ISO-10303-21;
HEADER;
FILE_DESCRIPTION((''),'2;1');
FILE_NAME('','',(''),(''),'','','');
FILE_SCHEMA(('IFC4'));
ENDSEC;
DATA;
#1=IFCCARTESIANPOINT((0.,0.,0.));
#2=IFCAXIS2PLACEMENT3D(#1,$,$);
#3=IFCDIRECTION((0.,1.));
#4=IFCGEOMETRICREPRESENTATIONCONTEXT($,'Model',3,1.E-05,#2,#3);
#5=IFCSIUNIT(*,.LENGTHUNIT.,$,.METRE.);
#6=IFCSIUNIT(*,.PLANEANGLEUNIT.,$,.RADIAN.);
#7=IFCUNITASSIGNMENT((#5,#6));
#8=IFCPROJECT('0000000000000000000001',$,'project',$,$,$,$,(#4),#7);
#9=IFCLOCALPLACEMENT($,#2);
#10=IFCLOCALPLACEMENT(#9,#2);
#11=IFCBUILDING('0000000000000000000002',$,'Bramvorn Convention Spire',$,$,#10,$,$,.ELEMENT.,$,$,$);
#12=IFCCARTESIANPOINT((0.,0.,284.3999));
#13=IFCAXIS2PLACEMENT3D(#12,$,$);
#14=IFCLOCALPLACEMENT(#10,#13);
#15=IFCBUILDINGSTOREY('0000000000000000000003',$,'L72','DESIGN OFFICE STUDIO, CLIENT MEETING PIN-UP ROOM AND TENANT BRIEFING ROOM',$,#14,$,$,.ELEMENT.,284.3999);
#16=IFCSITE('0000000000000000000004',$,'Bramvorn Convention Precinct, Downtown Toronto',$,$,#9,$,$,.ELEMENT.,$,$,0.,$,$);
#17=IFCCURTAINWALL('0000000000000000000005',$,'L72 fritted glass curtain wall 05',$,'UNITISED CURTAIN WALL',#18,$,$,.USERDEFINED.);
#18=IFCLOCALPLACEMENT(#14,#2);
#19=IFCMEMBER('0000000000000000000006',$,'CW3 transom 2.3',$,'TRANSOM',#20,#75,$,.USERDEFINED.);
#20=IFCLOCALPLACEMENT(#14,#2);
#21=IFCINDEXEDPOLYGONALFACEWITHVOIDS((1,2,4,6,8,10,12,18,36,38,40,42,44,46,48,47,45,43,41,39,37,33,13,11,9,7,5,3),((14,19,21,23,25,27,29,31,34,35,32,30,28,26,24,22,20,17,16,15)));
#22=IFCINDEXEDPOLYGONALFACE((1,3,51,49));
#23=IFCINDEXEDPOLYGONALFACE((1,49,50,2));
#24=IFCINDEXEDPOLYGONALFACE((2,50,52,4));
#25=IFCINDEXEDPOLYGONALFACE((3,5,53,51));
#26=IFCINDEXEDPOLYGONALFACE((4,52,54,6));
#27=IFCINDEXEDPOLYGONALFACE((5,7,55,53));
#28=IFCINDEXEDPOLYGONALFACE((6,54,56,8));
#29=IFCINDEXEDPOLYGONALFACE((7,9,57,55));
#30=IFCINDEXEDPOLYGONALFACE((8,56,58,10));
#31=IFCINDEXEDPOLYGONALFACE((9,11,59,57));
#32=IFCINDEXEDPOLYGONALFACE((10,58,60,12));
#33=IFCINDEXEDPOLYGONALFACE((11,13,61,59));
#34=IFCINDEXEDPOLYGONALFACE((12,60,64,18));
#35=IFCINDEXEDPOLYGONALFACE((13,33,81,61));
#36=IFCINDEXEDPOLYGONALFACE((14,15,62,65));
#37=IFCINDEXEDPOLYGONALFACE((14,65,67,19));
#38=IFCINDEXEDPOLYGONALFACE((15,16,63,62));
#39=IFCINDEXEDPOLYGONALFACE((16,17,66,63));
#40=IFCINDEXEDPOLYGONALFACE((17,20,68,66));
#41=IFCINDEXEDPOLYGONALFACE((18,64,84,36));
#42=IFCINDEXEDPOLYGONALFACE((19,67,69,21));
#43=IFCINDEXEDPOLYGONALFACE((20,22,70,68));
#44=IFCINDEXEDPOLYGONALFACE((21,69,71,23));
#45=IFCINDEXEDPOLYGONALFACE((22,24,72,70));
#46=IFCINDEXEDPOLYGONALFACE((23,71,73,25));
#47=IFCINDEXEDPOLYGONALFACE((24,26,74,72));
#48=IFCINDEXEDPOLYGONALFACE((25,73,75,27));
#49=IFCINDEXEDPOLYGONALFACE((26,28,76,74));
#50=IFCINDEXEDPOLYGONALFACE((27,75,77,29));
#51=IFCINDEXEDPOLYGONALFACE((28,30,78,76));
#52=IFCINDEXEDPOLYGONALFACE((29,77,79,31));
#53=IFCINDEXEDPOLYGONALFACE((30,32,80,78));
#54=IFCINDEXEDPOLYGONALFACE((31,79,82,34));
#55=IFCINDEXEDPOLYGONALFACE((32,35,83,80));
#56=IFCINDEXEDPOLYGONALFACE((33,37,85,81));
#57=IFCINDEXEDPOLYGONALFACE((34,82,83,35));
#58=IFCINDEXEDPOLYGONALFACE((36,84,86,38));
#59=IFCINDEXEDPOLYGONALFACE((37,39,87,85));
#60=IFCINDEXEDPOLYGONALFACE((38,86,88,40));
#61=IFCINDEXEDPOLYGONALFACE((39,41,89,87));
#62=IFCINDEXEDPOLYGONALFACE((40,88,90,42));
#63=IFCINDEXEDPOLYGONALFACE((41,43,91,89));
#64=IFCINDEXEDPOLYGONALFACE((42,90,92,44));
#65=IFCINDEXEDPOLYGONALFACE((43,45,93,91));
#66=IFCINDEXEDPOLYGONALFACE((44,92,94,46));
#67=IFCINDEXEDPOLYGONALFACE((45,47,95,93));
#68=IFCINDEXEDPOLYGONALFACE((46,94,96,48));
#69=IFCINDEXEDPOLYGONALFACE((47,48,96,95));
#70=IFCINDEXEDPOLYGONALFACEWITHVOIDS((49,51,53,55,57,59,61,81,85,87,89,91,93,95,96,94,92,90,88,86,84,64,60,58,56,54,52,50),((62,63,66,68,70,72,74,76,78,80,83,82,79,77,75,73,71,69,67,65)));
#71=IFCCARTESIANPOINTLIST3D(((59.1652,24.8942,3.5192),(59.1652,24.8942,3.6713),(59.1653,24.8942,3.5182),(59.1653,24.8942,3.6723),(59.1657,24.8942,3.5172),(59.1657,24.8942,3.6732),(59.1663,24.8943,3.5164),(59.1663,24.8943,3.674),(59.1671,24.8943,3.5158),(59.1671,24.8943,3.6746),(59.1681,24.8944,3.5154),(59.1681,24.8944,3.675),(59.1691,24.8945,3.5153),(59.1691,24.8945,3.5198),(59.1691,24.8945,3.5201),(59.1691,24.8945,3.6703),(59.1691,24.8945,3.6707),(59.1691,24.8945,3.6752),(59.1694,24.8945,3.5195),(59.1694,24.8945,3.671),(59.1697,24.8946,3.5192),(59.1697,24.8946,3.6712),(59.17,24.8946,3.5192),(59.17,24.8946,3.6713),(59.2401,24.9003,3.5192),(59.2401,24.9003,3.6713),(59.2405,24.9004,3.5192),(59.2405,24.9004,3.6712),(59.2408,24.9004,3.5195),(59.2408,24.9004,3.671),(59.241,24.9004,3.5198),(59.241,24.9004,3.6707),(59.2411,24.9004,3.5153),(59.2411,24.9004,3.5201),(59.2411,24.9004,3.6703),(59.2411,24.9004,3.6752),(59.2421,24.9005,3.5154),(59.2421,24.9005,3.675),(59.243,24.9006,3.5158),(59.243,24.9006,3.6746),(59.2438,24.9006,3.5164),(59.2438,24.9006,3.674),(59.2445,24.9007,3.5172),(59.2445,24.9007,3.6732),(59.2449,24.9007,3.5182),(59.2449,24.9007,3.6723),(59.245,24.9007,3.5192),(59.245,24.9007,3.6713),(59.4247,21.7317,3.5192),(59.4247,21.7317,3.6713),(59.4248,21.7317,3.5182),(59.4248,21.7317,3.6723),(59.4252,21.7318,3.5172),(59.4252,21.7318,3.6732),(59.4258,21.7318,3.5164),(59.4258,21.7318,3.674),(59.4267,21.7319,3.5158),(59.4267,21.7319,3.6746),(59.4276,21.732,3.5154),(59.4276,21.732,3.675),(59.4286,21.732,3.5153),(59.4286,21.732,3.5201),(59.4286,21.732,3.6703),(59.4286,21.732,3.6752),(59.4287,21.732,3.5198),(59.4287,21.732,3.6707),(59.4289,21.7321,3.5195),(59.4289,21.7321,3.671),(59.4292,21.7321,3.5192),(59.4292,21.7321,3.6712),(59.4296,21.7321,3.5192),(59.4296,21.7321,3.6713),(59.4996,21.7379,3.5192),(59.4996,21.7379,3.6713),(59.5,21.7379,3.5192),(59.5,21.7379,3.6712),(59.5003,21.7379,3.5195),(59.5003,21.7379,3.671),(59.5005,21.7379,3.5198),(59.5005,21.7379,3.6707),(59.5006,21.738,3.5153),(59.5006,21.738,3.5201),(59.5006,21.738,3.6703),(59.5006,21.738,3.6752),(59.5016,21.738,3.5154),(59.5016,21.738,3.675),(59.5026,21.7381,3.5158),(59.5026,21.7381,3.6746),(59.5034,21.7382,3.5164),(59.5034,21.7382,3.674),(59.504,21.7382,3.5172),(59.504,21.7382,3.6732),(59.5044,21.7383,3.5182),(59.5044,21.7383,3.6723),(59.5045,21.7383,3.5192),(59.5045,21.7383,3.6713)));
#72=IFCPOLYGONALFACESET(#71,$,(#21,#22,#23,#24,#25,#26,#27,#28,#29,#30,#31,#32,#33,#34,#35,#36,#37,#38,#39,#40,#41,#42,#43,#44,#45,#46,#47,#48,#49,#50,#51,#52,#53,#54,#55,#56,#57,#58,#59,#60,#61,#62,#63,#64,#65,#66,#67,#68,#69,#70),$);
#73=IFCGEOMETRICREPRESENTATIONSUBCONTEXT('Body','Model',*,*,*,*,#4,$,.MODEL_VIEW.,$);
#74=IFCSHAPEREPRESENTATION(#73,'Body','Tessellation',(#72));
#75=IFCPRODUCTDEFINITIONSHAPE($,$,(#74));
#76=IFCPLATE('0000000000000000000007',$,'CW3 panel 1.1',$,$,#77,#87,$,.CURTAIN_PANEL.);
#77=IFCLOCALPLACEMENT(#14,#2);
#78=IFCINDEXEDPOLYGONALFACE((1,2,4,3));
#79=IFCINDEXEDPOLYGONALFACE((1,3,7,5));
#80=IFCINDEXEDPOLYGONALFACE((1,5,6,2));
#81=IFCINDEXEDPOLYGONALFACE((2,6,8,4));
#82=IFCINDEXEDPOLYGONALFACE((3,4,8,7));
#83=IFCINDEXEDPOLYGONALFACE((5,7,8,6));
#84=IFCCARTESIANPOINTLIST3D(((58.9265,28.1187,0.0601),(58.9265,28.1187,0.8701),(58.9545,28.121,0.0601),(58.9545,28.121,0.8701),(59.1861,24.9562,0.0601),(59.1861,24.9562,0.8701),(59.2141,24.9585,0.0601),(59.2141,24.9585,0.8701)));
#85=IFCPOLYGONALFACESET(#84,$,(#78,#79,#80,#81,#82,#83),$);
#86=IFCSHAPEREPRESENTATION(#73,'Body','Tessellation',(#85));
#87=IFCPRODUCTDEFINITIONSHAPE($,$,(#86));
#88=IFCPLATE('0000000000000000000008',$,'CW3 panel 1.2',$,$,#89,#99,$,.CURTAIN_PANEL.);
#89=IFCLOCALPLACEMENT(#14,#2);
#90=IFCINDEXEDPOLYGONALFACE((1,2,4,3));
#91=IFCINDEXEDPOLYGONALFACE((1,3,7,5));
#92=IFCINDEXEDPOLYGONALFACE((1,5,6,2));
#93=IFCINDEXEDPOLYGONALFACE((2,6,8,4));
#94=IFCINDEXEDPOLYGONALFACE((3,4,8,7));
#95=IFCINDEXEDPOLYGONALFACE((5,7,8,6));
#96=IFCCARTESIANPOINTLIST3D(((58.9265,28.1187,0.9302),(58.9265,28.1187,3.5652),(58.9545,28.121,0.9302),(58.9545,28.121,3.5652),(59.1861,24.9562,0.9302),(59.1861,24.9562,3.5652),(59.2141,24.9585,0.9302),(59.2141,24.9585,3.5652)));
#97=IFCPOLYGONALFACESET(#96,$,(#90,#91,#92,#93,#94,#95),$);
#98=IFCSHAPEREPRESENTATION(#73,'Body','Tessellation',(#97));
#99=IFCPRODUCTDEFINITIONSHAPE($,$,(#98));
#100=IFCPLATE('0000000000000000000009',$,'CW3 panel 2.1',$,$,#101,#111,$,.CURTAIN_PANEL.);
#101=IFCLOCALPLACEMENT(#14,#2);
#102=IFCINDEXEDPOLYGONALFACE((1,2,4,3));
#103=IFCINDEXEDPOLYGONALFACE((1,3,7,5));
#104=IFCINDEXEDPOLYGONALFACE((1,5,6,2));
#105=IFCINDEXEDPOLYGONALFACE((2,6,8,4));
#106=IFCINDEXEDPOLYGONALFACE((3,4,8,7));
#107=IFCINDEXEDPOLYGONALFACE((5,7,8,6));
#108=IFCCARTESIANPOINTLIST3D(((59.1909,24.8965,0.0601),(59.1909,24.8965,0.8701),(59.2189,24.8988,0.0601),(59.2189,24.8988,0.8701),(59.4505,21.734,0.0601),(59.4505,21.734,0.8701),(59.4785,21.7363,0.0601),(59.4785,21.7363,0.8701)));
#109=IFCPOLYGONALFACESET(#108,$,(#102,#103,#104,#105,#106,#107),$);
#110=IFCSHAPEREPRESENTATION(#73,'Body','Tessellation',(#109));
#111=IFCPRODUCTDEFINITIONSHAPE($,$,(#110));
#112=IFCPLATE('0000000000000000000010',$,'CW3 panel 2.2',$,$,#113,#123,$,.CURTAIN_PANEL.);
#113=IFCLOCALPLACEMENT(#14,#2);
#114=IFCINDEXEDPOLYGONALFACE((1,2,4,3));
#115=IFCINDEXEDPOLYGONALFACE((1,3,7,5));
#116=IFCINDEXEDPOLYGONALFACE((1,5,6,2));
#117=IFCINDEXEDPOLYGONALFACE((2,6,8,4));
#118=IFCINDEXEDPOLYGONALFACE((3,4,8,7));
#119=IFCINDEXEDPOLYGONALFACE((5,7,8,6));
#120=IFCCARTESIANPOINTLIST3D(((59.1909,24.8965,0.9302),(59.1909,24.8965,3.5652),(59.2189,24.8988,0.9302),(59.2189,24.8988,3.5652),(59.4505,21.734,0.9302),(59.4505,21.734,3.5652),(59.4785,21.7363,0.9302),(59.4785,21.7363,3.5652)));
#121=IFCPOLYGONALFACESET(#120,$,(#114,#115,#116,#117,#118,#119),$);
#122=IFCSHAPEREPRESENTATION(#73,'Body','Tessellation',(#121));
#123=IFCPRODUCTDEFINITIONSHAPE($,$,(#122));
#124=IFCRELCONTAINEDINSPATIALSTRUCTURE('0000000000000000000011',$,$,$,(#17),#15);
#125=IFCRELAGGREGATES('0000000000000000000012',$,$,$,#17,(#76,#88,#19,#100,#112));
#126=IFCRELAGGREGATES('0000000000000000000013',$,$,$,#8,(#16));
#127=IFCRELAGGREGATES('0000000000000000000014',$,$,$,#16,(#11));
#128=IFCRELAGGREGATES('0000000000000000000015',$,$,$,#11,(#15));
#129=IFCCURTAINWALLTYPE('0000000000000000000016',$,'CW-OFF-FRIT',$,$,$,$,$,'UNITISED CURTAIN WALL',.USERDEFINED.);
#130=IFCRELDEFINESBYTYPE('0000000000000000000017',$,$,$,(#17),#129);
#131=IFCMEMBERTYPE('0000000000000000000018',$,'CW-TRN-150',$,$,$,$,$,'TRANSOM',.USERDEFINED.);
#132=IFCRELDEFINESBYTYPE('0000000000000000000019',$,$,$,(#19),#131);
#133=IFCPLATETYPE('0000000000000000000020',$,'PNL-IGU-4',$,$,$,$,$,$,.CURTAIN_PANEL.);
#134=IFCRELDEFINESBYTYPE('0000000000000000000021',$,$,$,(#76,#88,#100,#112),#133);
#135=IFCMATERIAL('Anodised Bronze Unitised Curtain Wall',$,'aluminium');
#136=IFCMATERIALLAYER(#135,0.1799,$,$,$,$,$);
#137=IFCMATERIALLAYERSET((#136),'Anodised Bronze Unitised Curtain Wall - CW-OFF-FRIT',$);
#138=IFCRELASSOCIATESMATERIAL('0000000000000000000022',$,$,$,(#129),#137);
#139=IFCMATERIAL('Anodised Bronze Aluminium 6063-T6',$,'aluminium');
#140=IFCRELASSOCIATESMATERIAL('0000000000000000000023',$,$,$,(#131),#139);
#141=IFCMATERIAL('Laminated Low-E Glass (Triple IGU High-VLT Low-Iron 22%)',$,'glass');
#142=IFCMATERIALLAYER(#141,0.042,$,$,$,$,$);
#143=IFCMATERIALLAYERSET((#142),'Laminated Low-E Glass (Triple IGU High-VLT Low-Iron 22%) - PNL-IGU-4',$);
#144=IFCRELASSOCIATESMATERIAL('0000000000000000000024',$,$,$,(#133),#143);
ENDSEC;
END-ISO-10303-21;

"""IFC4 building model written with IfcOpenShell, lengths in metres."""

from ifc_helpers import new_model, si_unit, direction, frame, origin, origin_2d, place, context, subcontext, project, spatial, rectangle, hollow_rectangle, extrude, material, layer, layer_set, material_profile, profile_set, type_object, element, aggregate, save


model = new_model("IFC4")

# Units and contexts
model_context = context("Model", 3, precision=1e-05, world=origin(), true_north=direction((0.0, 1.0)))
body_context = subcontext(model_context, "Body", "Model", "MODEL_VIEW")
ifc_project = project(units=[si_unit("LENGTHUNIT", "METRE"), si_unit("PLANEANGLEUNIT", "RADIAN")], contexts=[model_context])

# Site, building, storey
site_placement = place(None, origin())
site = spatial("IfcSite", under=ifc_project, at=site_placement, Name="Bramvorn Convention Precinct, Downtown Toronto", CompositionType="ELEMENT", RefElevation=0.0)
building_placement = place(site_placement, origin())
building = spatial("IfcBuilding", under=site, at=building_placement, Name="Bramvorn Convention Spire", CompositionType="ELEMENT")
storey_placement = place(building_placement, frame((0.0, 0.0, 284.3999)))
storey = spatial("IfcBuildingStorey", under=building, at=storey_placement, Name="L72", Description="DESIGN OFFICE STUDIO, CLIENT MEETING PIN-UP ROOM AND TENANT BRIEFING ROOM", CompositionType="ELEMENT", Elevation=284.3999)

# Curtain wall, member, plates
ifc_material_1 = material(Name="Anodised Bronze Unitised Curtain Wall", Category="aluminium")
ifc_layer_1 = layer(ifc_material_1, 0.1799)
ifc_layer_set_1 = layer_set([ifc_layer_1], Name="Anodised Bronze Unitised Curtain Wall - CW-OFF-FRIT")
curtain_wall_type = type_object("IfcCurtainWallType", Name="CW-OFF-FRIT", ElementType="UNITISED CURTAIN WALL", PredefinedType="USERDEFINED", material=ifc_layer_set_1)
curtain_wall_placement = place(storey_placement, origin())
curtain_wall = element("IfcCurtainWall", 1, at=curtain_wall_placement, inside=storey, type_object=curtain_wall_type, Name="L72 fritted glass curtain wall 05", ObjectType="UNITISED CURTAIN WALL", PredefinedType="USERDEFINED")
ifc_material_2 = material(Name="Anodised Bronze Aluminium 6063-T6", Category="aluminium")
ifc_material_profile_1 = material_profile(ifc_material_2, hollow_rectangle(XDim=0.0801, YDim=0.1599, WallThickness=0.0039, InnerFilletRadius=0.001, OuterFilletRadius=0.0039, at=origin_2d()))
ifc_profile_set_1 = profile_set([ifc_material_profile_1], Name="Anodised Bronze Aluminium 6063-T6 - CWT80X160")
member_type_1 = type_object("IfcMemberType", Name="CW-TRN-150", ElementType="TRANSOM", PredefinedType="USERDEFINED", material=ifc_profile_set_1)
member_1_placement = place(storey_placement, frame((59.2051, 24.8975, 3.5952), z_axis=(0.081791, -0.99665, 0.0), x_axis=(0.99665, 0.081791, 0.0)))
member_1 = element("IfcMember", 2, at=member_1_placement, type_object=member_type_1, Name="CW3 transom 2.3", ObjectType="TRANSOM", PredefinedType="USERDEFINED", context=body_context, shape_type="SweptSolid", body=[
    extrude(hollow_rectangle(XDim=0.0801, YDim=0.1599, WallThickness=0.0039, InnerFilletRadius=0.001, OuterFilletRadius=0.0039, at=origin_2d()), origin(), (0.0, 0.0, 1.0), 3.1731),
])
ifc_material_3 = material(Name="Laminated Low-E Glass (Triple IGU High-VLT Low-Iron 22%)", Category="glass")
ifc_layer_2 = layer(ifc_material_3, 0.042)
ifc_layer_set_2 = layer_set([ifc_layer_2], Name="Laminated Low-E Glass (Triple IGU High-VLT Low-Iron 22%) - PNL-IGU-4")
plate_type = type_object("IfcPlateType", Name="PNL-IGU-4", PredefinedType="CURTAIN_PANEL", material=ifc_layer_set_2)
plate_1_placement = place(storey_placement, frame((59.0703, 26.5386, 0.0601), z_axis=(0.0, 0.0, 1.0), x_axis=(0.081809, -0.996648, 0.0)))
plate_1 = element("IfcPlate", 3, at=plate_1_placement, type_object=plate_type, Name="CW3 panel 1.1", PredefinedType="CURTAIN_PANEL", context=body_context, shape_type="SweptSolid", body=[
    extrude(rectangle(XDim=3.1731, YDim=0.0281, at=origin_2d()), origin(), (0.0, 0.0, 1.0), 0.8101),
])
plate_2_placement = place(storey_placement, frame((59.0703, 26.5386, 0.9302), z_axis=(0.0, 0.0, 1.0), x_axis=(0.081809, -0.996648, 0.0)))
plate_2 = element("IfcPlate", 4, at=plate_2_placement, type_object=plate_type, Name="CW3 panel 1.2", PredefinedType="CURTAIN_PANEL", context=body_context, shape_type="SweptSolid", body=[
    extrude(rectangle(XDim=3.1731, YDim=0.0281, at=origin_2d()), origin(), (0.0, 0.0, 1.0), 2.635),
])
plate_3_placement = place(storey_placement, frame((59.3347, 23.3164, 0.0601), z_axis=(0.0, 0.0, 1.0), x_axis=(0.081809, -0.996648, 0.0)))
plate_3 = element("IfcPlate", 5, at=plate_3_placement, type_object=plate_type, Name="CW3 panel 2.1", PredefinedType="CURTAIN_PANEL", context=body_context, shape_type="SweptSolid", body=[
    extrude(rectangle(XDim=3.1731, YDim=0.0281, at=origin_2d()), origin(), (0.0, 0.0, 1.0), 0.8101),
])
plate_4_placement = place(storey_placement, frame((59.3347, 23.3164, 0.9302), z_axis=(0.0, 0.0, 1.0), x_axis=(0.081809, -0.996648, 0.0)))
plate_4 = element("IfcPlate", 6, at=plate_4_placement, type_object=plate_type, Name="CW3 panel 2.2", PredefinedType="CURTAIN_PANEL", context=body_context, shape_type="SweptSolid", body=[
    extrude(rectangle(XDim=3.1731, YDim=0.0281, at=origin_2d()), origin(), (0.0, 0.0, 1.0), 2.635),
])
aggregate(curtain_wall, [plate_1, plate_2, member_1, plate_3, plate_4])

save(model, "model.ifc")
